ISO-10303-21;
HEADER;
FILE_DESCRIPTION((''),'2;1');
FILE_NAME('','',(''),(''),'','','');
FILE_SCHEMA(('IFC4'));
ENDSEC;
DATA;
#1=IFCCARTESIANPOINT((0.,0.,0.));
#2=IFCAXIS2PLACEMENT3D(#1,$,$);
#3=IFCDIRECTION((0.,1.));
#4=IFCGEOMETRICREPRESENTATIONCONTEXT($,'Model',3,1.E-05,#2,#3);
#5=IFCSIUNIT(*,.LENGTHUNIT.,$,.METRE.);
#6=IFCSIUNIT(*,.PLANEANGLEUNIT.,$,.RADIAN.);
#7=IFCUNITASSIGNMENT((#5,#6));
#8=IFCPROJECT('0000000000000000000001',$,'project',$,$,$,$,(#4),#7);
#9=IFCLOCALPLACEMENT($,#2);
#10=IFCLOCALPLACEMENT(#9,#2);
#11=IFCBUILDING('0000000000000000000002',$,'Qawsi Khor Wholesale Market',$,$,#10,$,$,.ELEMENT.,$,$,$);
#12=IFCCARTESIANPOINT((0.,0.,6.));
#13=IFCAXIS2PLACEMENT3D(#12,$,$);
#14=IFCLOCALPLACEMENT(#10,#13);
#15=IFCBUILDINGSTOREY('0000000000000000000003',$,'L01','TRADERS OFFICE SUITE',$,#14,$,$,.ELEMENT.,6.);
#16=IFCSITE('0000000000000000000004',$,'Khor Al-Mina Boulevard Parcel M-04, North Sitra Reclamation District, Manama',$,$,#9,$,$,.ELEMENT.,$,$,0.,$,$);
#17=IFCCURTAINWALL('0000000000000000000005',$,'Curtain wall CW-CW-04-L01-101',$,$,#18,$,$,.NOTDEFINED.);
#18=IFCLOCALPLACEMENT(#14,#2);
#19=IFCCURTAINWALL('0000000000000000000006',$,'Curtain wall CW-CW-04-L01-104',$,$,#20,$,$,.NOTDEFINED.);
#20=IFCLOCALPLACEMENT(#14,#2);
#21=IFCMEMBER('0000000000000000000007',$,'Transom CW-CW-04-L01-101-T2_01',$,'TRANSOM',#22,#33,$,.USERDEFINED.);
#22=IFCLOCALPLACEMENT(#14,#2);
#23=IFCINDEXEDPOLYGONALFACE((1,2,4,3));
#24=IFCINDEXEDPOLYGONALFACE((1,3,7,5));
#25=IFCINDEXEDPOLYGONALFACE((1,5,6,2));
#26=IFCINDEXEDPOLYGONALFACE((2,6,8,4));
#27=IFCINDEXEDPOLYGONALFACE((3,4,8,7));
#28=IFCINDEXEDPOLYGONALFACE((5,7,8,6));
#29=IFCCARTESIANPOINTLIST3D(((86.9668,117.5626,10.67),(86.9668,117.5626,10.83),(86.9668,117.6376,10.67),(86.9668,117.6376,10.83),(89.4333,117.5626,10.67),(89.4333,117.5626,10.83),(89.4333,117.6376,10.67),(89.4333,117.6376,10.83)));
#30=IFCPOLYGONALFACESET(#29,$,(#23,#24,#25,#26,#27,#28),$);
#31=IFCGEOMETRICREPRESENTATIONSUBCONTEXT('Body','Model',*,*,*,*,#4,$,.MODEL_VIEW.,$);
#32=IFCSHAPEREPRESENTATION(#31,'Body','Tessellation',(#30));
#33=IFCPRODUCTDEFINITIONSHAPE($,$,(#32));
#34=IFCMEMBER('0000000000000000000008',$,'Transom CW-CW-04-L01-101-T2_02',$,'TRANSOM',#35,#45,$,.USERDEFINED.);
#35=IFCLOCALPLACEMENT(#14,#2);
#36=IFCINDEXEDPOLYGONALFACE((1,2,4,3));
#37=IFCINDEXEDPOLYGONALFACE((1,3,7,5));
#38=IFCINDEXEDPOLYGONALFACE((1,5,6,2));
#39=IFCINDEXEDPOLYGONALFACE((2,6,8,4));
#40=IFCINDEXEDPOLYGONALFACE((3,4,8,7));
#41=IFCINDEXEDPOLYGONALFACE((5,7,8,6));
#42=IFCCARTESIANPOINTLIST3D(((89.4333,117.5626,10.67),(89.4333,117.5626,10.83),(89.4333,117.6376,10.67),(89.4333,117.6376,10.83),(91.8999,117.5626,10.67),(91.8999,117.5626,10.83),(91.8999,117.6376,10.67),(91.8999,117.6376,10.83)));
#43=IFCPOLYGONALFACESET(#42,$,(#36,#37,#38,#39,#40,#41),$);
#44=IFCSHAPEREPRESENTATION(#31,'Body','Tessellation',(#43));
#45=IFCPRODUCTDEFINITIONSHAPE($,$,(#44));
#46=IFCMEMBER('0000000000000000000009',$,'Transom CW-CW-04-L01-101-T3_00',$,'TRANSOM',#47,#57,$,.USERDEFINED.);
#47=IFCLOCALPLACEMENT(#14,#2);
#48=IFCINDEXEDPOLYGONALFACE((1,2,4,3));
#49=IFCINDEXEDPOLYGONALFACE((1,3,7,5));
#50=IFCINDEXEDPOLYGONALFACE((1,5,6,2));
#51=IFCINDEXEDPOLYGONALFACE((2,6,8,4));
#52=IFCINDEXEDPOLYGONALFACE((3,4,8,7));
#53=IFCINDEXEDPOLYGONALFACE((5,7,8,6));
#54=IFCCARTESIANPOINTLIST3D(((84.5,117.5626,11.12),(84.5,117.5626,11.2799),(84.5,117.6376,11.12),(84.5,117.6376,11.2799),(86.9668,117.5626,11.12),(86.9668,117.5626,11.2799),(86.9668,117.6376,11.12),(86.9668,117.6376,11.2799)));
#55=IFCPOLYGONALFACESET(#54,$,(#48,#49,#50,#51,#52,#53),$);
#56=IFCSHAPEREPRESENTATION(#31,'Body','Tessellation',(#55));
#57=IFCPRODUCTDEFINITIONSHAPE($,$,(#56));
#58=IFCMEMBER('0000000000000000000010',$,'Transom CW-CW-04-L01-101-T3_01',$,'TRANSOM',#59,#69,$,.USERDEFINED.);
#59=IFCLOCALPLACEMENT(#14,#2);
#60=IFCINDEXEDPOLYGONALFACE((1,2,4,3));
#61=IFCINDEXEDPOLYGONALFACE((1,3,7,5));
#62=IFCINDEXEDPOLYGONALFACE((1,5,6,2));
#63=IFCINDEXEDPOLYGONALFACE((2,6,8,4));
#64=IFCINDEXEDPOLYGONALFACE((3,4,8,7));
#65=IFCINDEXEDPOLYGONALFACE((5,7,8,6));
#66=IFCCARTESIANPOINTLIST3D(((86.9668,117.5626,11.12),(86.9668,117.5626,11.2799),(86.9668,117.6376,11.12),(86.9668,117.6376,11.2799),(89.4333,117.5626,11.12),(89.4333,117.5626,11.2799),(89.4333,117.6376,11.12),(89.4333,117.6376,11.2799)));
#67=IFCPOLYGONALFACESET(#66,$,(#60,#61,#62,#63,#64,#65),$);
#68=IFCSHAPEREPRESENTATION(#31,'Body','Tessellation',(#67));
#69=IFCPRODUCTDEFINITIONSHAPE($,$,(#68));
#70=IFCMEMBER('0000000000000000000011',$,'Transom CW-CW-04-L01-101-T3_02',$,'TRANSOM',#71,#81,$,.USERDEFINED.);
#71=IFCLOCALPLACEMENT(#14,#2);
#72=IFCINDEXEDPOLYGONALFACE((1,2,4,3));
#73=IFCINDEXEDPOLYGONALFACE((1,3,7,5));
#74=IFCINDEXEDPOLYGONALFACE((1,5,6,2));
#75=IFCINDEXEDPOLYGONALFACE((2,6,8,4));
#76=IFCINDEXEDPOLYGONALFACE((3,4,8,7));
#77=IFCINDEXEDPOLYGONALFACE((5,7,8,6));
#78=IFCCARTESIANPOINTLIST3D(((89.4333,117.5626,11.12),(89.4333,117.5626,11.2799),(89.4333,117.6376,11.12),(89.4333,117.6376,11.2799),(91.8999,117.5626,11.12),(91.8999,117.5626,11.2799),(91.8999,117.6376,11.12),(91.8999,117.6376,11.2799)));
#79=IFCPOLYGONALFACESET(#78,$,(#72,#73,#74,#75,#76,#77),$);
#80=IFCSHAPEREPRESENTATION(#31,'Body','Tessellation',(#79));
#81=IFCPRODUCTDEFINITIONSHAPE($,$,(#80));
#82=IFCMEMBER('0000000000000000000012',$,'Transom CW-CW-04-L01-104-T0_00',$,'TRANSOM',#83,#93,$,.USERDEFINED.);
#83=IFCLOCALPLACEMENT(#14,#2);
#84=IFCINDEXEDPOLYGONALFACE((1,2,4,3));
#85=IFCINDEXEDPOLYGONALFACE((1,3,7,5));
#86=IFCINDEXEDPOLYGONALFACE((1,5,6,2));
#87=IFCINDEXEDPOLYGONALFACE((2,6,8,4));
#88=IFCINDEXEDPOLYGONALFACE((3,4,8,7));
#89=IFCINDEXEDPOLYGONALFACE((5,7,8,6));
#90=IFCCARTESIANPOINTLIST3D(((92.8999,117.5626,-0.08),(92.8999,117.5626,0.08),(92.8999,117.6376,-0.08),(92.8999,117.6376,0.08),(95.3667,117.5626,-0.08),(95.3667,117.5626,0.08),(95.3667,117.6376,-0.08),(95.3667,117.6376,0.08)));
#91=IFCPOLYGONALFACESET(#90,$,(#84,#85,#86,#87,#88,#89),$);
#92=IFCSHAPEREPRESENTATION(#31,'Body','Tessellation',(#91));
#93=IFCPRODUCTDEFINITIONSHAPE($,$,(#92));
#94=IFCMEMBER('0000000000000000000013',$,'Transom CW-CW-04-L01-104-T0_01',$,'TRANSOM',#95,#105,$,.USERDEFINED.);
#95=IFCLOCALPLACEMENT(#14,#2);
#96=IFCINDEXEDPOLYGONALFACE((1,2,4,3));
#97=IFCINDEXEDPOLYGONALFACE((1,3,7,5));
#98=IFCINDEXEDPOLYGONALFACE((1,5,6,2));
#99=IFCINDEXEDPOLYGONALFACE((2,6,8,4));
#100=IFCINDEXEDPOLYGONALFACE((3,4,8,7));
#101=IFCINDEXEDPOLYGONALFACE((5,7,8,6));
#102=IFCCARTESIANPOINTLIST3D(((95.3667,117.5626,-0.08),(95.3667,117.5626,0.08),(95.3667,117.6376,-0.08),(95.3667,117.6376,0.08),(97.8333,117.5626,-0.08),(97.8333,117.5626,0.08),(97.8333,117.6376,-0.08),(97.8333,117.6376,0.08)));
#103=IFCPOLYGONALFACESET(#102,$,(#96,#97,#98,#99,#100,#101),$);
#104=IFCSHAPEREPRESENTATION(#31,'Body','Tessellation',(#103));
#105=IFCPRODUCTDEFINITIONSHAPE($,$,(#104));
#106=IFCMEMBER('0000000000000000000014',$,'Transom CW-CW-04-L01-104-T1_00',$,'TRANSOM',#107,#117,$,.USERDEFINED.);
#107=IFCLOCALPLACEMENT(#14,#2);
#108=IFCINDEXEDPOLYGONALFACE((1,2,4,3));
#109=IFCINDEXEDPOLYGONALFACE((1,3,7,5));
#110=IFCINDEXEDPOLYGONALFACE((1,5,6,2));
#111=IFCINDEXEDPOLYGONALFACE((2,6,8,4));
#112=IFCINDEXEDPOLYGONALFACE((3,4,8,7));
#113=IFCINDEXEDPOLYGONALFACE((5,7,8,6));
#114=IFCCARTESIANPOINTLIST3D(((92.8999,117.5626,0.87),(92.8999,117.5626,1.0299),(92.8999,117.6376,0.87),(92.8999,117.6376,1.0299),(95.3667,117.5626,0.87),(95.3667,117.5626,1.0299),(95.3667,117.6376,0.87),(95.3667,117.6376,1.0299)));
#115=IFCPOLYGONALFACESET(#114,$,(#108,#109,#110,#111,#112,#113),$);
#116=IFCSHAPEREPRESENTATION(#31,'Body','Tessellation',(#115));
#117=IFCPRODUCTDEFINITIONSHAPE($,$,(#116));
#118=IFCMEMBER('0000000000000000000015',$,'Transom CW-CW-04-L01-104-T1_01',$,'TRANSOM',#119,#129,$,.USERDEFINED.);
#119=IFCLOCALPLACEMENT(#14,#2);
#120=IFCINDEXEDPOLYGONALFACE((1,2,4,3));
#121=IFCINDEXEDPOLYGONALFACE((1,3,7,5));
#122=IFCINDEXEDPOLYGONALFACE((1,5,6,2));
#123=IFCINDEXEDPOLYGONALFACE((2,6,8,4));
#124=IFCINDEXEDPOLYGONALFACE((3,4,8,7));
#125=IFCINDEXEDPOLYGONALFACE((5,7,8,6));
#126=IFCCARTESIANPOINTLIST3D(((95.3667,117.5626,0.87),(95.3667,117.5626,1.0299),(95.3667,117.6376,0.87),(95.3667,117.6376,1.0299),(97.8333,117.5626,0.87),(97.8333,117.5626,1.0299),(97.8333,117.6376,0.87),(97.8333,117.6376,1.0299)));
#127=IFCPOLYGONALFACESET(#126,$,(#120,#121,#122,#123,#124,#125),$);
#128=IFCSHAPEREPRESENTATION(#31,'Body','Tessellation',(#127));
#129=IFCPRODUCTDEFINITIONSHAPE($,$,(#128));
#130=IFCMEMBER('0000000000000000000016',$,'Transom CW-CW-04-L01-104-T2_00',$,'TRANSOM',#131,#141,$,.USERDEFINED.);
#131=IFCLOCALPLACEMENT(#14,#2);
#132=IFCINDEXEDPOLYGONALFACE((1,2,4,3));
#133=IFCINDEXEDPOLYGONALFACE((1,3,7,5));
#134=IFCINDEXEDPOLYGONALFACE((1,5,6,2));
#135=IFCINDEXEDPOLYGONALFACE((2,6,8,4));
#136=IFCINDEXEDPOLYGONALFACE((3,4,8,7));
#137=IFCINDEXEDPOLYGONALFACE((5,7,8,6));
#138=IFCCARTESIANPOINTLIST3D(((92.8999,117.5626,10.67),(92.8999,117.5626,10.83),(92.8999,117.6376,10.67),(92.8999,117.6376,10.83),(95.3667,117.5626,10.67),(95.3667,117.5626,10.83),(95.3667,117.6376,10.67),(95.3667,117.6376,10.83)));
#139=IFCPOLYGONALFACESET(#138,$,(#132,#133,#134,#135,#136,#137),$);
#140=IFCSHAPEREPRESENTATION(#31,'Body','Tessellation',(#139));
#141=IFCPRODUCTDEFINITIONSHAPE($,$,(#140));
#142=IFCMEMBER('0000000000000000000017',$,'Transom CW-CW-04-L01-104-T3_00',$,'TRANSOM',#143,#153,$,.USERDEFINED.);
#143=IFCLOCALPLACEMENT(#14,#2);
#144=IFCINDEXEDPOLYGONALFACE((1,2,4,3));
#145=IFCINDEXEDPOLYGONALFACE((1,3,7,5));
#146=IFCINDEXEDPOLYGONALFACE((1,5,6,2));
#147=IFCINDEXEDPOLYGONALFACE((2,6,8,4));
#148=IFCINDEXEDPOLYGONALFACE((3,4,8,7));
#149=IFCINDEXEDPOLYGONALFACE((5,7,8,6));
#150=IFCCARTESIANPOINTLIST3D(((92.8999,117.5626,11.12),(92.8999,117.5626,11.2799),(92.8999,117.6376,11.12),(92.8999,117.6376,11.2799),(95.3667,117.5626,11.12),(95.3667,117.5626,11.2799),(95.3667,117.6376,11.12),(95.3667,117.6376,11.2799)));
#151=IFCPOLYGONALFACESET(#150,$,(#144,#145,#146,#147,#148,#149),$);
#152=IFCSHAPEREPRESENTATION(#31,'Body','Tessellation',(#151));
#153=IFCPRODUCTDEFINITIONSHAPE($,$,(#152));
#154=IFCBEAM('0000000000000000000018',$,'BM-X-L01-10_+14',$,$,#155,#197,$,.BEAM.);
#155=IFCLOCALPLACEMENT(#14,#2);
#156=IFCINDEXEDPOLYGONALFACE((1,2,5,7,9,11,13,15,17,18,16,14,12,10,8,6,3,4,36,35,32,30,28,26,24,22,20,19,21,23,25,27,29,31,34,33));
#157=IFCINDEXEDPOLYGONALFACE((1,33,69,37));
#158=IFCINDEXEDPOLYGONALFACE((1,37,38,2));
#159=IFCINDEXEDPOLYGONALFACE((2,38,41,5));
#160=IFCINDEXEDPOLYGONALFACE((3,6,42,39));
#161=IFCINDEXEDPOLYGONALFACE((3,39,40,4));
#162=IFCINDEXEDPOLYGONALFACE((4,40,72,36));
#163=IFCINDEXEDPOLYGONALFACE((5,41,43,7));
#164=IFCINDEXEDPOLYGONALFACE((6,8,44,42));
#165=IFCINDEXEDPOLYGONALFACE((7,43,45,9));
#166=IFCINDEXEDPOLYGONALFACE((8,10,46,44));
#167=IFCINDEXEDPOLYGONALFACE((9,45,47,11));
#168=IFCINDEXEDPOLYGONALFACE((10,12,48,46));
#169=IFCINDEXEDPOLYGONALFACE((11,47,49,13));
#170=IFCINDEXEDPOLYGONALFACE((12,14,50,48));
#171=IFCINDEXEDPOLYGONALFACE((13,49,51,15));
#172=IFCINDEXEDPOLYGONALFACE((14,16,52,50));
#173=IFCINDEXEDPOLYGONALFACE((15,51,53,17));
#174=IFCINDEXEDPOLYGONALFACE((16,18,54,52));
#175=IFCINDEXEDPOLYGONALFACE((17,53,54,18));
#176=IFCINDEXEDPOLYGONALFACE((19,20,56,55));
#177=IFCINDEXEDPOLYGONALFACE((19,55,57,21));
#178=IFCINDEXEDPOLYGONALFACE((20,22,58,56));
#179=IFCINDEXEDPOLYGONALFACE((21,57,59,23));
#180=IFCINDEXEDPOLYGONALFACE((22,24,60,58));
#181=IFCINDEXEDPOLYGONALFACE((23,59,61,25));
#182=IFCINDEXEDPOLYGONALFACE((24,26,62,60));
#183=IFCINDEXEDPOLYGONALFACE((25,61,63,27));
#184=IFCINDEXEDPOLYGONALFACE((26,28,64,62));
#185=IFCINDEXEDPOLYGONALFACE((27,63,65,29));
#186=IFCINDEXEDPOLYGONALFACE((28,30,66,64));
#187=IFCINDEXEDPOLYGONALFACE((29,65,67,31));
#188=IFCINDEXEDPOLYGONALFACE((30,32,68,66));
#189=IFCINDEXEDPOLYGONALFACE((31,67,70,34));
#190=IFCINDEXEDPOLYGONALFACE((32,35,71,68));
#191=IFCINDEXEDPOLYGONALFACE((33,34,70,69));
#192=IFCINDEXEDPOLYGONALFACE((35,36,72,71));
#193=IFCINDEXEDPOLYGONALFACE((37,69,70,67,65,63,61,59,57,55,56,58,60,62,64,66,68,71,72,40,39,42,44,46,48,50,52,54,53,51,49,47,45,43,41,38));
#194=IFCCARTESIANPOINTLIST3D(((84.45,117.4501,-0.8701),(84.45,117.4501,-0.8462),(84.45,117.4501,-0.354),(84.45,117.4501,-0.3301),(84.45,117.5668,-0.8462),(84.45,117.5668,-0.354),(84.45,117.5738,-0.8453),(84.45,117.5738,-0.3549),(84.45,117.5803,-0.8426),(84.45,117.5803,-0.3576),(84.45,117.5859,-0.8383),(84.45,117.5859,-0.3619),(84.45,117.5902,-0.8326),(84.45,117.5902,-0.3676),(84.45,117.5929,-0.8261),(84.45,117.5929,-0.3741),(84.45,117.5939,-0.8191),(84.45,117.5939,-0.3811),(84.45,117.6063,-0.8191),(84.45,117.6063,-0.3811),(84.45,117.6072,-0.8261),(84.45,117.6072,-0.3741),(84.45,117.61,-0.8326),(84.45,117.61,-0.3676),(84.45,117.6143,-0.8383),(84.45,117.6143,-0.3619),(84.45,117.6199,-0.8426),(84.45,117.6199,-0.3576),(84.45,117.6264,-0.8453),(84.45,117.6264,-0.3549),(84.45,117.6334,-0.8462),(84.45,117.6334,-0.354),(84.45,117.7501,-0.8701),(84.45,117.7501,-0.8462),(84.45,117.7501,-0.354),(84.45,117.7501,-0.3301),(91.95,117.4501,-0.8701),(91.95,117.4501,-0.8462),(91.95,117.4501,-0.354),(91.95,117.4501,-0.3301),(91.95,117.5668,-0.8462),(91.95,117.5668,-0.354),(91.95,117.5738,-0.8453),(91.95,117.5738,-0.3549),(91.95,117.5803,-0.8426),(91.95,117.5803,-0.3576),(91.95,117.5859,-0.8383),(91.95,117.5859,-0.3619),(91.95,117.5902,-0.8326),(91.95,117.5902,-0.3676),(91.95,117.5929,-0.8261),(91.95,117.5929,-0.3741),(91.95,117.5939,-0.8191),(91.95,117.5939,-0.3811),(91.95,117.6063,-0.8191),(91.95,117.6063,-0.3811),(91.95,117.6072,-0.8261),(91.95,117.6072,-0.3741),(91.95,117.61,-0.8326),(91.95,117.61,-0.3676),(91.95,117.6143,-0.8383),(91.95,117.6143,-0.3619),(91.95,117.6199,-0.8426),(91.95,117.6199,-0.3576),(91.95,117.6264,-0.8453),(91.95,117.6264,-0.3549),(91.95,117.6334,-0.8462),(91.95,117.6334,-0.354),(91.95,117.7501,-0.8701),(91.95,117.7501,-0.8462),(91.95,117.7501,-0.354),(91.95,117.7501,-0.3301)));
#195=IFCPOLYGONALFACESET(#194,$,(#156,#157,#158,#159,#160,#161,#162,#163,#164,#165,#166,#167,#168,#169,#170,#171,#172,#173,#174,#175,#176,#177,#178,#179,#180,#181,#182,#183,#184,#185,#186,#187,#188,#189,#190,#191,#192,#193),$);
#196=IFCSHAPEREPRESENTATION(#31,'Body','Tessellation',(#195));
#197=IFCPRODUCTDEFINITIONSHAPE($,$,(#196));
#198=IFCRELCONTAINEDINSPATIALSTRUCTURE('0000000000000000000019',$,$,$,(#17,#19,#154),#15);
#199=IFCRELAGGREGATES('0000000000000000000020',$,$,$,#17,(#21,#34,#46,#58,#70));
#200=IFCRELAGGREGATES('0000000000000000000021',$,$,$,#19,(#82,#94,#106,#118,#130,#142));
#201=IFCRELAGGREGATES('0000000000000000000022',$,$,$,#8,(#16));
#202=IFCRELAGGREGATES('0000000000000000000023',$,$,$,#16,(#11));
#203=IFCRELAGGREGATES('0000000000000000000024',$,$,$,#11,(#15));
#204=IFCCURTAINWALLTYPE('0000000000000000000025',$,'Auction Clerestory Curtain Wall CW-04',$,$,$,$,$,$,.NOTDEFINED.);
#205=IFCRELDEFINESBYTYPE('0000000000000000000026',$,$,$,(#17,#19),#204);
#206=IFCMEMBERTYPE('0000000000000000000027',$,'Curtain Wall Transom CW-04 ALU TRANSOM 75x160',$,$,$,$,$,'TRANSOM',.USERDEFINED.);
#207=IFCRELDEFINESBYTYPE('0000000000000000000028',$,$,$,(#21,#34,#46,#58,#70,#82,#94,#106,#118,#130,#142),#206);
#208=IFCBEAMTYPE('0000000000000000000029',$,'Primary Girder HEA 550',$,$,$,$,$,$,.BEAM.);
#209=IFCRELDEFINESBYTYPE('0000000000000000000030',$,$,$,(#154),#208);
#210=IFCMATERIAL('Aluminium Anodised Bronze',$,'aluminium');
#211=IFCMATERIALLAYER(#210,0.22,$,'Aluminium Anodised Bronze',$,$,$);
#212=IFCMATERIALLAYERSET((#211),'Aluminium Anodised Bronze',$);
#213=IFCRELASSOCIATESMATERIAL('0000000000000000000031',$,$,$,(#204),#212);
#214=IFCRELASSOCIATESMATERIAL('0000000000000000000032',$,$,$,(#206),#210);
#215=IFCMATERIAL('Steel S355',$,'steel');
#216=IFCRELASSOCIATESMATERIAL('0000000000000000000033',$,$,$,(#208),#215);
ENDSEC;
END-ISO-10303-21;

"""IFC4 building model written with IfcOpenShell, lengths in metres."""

from ifc_helpers import new_model, si_unit, direction, frame, origin, origin_2d, place, context, subcontext, project, spatial, rectangle, i_section, extrude, material, layer, layer_set, material_profile, profile_set, type_object, element, aggregate, save


model = new_model("IFC4")

# Units and contexts
model_context = context("Model", 3, precision=1e-05, world=origin(), true_north=direction((0.0, 1.0)))
body_context = subcontext(model_context, "Body", "Model", "MODEL_VIEW")
ifc_project = project(units=[si_unit("LENGTHUNIT", "METRE"), si_unit("PLANEANGLEUNIT", "RADIAN")], contexts=[model_context])

# Site, building, storey
site_placement = place(None, origin())
site = spatial("IfcSite", under=ifc_project, at=site_placement, Name="Khor Al-Mina Boulevard Parcel M-04, North Sitra Reclamation District, Manama", CompositionType="ELEMENT", RefElevation=0.0)
building_placement = place(site_placement, origin())
building = spatial("IfcBuilding", under=site, at=building_placement, Name="Qawsi Khor Wholesale Market", CompositionType="ELEMENT")
storey_placement = place(building_placement, frame((0.0, 0.0, 6.0)))
storey = spatial("IfcBuildingStorey", under=building, at=storey_placement, Name="L01", Description="TRADERS OFFICE SUITE", CompositionType="ELEMENT", Elevation=6.0)

# Curtain walls
ifc_material_1 = material(Name="Aluminium Anodised Bronze", Category="aluminium")
ifc_layer_1 = layer(ifc_material_1, 0.22, Name="Aluminium Anodised Bronze")
ifc_layer_set_1 = layer_set([ifc_layer_1], Name="Aluminium Anodised Bronze")
curtain_wall_type = type_object("IfcCurtainWallType", Name="Auction Clerestory Curtain Wall CW-04", PredefinedType="NOTDEFINED", material=ifc_layer_set_1)
curtain_wall_1_placement = place(storey_placement, origin())
curtain_wall_1 = element("IfcCurtainWall", 1, at=curtain_wall_1_placement, inside=storey, type_object=curtain_wall_type, Name="Curtain wall CW-CW-04-L01-101", PredefinedType="NOTDEFINED")
curtain_wall_2_placement = place(storey_placement, origin())
curtain_wall_2 = element("IfcCurtainWall", 2, at=curtain_wall_2_placement, inside=storey, type_object=curtain_wall_type, Name="Curtain wall CW-CW-04-L01-104", PredefinedType="NOTDEFINED")

# Members
ifc_material_profile_1 = material_profile(ifc_material_1, rectangle(XDim=0.075, YDim=0.1599, at=origin_2d()), Name="ALU TRANSOM 75x160")
ifc_profile_set_1 = profile_set([ifc_material_profile_1], Name="Aluminium Anodised Bronze")
member_type_1 = type_object("IfcMemberType", Name="Curtain Wall Transom CW-04 ALU TRANSOM 75x160", ElementType="TRANSOM", PredefinedType="USERDEFINED", material=ifc_profile_set_1)
member_1_placement = place(storey_placement, frame((86.9668, 117.6001, 10.75), z_axis=(1.0, 0.0, 0.0), x_axis=(0.0, 1.0, 0.0)))
member_1 = element("IfcMember", 3, at=member_1_placement, type_object=member_type_1, Name="Transom CW-CW-04-L01-101-T2_01", ObjectType="TRANSOM", PredefinedType="USERDEFINED", context=body_context, shape_type="SweptSolid", body=[
    extrude(rectangle(XDim=0.075, YDim=0.1599, at=origin_2d()), origin(), (0.0, 0.0, 1.0), 2.4666),
])
member_2_placement = place(storey_placement, frame((89.4333, 117.6001, 10.75), z_axis=(1.0, 0.0, 0.0), x_axis=(0.0, 1.0, 0.0)))
member_2 = element("IfcMember", 4, at=member_2_placement, type_object=member_type_1, Name="Transom CW-CW-04-L01-101-T2_02", ObjectType="TRANSOM", PredefinedType="USERDEFINED", context=body_context, shape_type="SweptSolid", body=[
    extrude(rectangle(XDim=0.075, YDim=0.1599, at=origin_2d()), origin(), (0.0, 0.0, 1.0), 2.4666),
])
member_3_placement = place(storey_placement, frame((84.5, 117.6001, 11.2), z_axis=(1.0, 0.0, 0.0), x_axis=(0.0, 1.0, 0.0)))
member_3 = element("IfcMember", 5, at=member_3_placement, type_object=member_type_1, Name="Transom CW-CW-04-L01-101-T3_00", ObjectType="TRANSOM", PredefinedType="USERDEFINED", context=body_context, shape_type="SweptSolid", body=[
    extrude(rectangle(XDim=0.075, YDim=0.1599, at=origin_2d()), origin(), (0.0, 0.0, 1.0), 2.4668),
])
member_4_placement = place(storey_placement, frame((86.9668, 117.6001, 11.2), z_axis=(1.0, 0.0, 0.0), x_axis=(0.0, 1.0, 0.0)))
member_4 = element("IfcMember", 6, at=member_4_placement, type_object=member_type_1, Name="Transom CW-CW-04-L01-101-T3_01", ObjectType="TRANSOM", PredefinedType="USERDEFINED", context=body_context, shape_type="SweptSolid", body=[
    extrude(rectangle(XDim=0.075, YDim=0.1599, at=origin_2d()), origin(), (0.0, 0.0, 1.0), 2.4666),
])
member_5_placement = place(storey_placement, frame((89.4333, 117.6001, 11.2), z_axis=(1.0, 0.0, 0.0), x_axis=(0.0, 1.0, 0.0)))
member_5 = element("IfcMember", 7, at=member_5_placement, type_object=member_type_1, Name="Transom CW-CW-04-L01-101-T3_02", ObjectType="TRANSOM", PredefinedType="USERDEFINED", context=body_context, shape_type="SweptSolid", body=[
    extrude(rectangle(XDim=0.075, YDim=0.1599, at=origin_2d()), origin(), (0.0, 0.0, 1.0), 2.4666),
])
member_6_placement = place(storey_placement, frame((92.8999, 117.6001, 0.0), z_axis=(1.0, 0.0, 0.0), x_axis=(0.0, 1.0, 0.0)))
member_6 = element("IfcMember", 8, at=member_6_placement, type_object=member_type_1, Name="Transom CW-CW-04-L01-104-T0_00", ObjectType="TRANSOM", PredefinedType="USERDEFINED", context=body_context, shape_type="SweptSolid", body=[
    extrude(rectangle(XDim=0.075, YDim=0.1599, at=origin_2d()), origin(), (0.0, 0.0, 1.0), 2.4668),
])
member_7_placement = place(storey_placement, frame((95.3667, 117.6001, 0.0), z_axis=(1.0, 0.0, 0.0), x_axis=(0.0, 1.0, 0.0)))
member_7 = element("IfcMember", 9, at=member_7_placement, type_object=member_type_1, Name="Transom CW-CW-04-L01-104-T0_01", ObjectType="TRANSOM", PredefinedType="USERDEFINED", context=body_context, shape_type="SweptSolid", body=[
    extrude(rectangle(XDim=0.075, YDim=0.1599, at=origin_2d()), origin(), (0.0, 0.0, 1.0), 2.4666),
])
member_8_placement = place(storey_placement, frame((92.8999, 117.6001, 0.95), z_axis=(1.0, 0.0, 0.0), x_axis=(0.0, 1.0, 0.0)))
member_8 = element("IfcMember", 10, at=member_8_placement, type_object=member_type_1, Name="Transom CW-CW-04-L01-104-T1_00", ObjectType="TRANSOM", PredefinedType="USERDEFINED", context=body_context, shape_type="SweptSolid", body=[
    extrude(rectangle(XDim=0.075, YDim=0.1599, at=origin_2d()), origin(), (0.0, 0.0, 1.0), 2.4668),
])
member_9_placement = place(storey_placement, frame((95.3667, 117.6001, 0.95), z_axis=(1.0, 0.0, 0.0), x_axis=(0.0, 1.0, 0.0)))
member_9 = element("IfcMember", 11, at=member_9_placement, type_object=member_type_1, Name="Transom CW-CW-04-L01-104-T1_01", ObjectType="TRANSOM", PredefinedType="USERDEFINED", context=body_context, shape_type="SweptSolid", body=[
    extrude(rectangle(XDim=0.075, YDim=0.1599, at=origin_2d()), origin(), (0.0, 0.0, 1.0), 2.4666),
])
member_10_placement = place(storey_placement, frame((92.8999, 117.6001, 10.75), z_axis=(1.0, 0.0, 0.0), x_axis=(0.0, 1.0, 0.0)))
member_10 = element("IfcMember", 12, at=member_10_placement, type_object=member_type_1, Name="Transom CW-CW-04-L01-104-T2_00", ObjectType="TRANSOM", PredefinedType="USERDEFINED", context=body_context, shape_type="SweptSolid", body=[
    extrude(rectangle(XDim=0.075, YDim=0.1599, at=origin_2d()), origin(), (0.0, 0.0, 1.0), 2.4668),
])
member_11_placement = place(storey_placement, frame((92.8999, 117.6001, 11.2), z_axis=(1.0, 0.0, 0.0), x_axis=(0.0, 1.0, 0.0)))
member_11 = element("IfcMember", 13, at=member_11_placement, type_object=member_type_1, Name="Transom CW-CW-04-L01-104-T3_00", ObjectType="TRANSOM", PredefinedType="USERDEFINED", context=body_context, shape_type="SweptSolid", body=[
    extrude(rectangle(XDim=0.075, YDim=0.1599, at=origin_2d()), origin(), (0.0, 0.0, 1.0), 2.4668),
])

# Beam
ifc_material_2 = material(Name="Steel S355", Category="steel")
ifc_material_profile_2 = material_profile(ifc_material_2, i_section(OverallWidth=0.3, OverallDepth=0.54, WebThickness=0.0125, FlangeThickness=0.0239, FilletRadius=0.0271, at=origin_2d()), Name="HEA 550")
ifc_profile_set_2 = profile_set([ifc_material_profile_2], Name="Steel S355")
beam_type = type_object("IfcBeamType", Name="Primary Girder HEA 550", PredefinedType="BEAM", material=ifc_profile_set_2)
for number, where, z_axis, x_axis, name in (
    (14, (84.45, 117.6001, -0.6001), (1.0, 0.0, 0.0), (0.0, 1.0, 0.0), "BM-X-L01-10_+14"),
):
    element("IfcBeam", number, at=place(storey_placement, frame(where, z_axis=z_axis, x_axis=x_axis)), inside=storey, type_object=beam_type, Name=name, PredefinedType="BEAM", context=body_context, shape_type="SweptSolid", body=[
        extrude(i_section(OverallWidth=0.3, OverallDepth=0.54, WebThickness=0.0125, FlangeThickness=0.0239, FilletRadius=0.0271, at=origin_2d()), origin(), (0.0, 0.0, 1.0), 7.5),
    ])

aggregate(curtain_wall_1, [member_1, member_2, member_3, member_4, member_5])
aggregate(curtain_wall_2, [member_6, member_7, member_8, member_9, member_10, member_11])

save(model, "model.ifc")
